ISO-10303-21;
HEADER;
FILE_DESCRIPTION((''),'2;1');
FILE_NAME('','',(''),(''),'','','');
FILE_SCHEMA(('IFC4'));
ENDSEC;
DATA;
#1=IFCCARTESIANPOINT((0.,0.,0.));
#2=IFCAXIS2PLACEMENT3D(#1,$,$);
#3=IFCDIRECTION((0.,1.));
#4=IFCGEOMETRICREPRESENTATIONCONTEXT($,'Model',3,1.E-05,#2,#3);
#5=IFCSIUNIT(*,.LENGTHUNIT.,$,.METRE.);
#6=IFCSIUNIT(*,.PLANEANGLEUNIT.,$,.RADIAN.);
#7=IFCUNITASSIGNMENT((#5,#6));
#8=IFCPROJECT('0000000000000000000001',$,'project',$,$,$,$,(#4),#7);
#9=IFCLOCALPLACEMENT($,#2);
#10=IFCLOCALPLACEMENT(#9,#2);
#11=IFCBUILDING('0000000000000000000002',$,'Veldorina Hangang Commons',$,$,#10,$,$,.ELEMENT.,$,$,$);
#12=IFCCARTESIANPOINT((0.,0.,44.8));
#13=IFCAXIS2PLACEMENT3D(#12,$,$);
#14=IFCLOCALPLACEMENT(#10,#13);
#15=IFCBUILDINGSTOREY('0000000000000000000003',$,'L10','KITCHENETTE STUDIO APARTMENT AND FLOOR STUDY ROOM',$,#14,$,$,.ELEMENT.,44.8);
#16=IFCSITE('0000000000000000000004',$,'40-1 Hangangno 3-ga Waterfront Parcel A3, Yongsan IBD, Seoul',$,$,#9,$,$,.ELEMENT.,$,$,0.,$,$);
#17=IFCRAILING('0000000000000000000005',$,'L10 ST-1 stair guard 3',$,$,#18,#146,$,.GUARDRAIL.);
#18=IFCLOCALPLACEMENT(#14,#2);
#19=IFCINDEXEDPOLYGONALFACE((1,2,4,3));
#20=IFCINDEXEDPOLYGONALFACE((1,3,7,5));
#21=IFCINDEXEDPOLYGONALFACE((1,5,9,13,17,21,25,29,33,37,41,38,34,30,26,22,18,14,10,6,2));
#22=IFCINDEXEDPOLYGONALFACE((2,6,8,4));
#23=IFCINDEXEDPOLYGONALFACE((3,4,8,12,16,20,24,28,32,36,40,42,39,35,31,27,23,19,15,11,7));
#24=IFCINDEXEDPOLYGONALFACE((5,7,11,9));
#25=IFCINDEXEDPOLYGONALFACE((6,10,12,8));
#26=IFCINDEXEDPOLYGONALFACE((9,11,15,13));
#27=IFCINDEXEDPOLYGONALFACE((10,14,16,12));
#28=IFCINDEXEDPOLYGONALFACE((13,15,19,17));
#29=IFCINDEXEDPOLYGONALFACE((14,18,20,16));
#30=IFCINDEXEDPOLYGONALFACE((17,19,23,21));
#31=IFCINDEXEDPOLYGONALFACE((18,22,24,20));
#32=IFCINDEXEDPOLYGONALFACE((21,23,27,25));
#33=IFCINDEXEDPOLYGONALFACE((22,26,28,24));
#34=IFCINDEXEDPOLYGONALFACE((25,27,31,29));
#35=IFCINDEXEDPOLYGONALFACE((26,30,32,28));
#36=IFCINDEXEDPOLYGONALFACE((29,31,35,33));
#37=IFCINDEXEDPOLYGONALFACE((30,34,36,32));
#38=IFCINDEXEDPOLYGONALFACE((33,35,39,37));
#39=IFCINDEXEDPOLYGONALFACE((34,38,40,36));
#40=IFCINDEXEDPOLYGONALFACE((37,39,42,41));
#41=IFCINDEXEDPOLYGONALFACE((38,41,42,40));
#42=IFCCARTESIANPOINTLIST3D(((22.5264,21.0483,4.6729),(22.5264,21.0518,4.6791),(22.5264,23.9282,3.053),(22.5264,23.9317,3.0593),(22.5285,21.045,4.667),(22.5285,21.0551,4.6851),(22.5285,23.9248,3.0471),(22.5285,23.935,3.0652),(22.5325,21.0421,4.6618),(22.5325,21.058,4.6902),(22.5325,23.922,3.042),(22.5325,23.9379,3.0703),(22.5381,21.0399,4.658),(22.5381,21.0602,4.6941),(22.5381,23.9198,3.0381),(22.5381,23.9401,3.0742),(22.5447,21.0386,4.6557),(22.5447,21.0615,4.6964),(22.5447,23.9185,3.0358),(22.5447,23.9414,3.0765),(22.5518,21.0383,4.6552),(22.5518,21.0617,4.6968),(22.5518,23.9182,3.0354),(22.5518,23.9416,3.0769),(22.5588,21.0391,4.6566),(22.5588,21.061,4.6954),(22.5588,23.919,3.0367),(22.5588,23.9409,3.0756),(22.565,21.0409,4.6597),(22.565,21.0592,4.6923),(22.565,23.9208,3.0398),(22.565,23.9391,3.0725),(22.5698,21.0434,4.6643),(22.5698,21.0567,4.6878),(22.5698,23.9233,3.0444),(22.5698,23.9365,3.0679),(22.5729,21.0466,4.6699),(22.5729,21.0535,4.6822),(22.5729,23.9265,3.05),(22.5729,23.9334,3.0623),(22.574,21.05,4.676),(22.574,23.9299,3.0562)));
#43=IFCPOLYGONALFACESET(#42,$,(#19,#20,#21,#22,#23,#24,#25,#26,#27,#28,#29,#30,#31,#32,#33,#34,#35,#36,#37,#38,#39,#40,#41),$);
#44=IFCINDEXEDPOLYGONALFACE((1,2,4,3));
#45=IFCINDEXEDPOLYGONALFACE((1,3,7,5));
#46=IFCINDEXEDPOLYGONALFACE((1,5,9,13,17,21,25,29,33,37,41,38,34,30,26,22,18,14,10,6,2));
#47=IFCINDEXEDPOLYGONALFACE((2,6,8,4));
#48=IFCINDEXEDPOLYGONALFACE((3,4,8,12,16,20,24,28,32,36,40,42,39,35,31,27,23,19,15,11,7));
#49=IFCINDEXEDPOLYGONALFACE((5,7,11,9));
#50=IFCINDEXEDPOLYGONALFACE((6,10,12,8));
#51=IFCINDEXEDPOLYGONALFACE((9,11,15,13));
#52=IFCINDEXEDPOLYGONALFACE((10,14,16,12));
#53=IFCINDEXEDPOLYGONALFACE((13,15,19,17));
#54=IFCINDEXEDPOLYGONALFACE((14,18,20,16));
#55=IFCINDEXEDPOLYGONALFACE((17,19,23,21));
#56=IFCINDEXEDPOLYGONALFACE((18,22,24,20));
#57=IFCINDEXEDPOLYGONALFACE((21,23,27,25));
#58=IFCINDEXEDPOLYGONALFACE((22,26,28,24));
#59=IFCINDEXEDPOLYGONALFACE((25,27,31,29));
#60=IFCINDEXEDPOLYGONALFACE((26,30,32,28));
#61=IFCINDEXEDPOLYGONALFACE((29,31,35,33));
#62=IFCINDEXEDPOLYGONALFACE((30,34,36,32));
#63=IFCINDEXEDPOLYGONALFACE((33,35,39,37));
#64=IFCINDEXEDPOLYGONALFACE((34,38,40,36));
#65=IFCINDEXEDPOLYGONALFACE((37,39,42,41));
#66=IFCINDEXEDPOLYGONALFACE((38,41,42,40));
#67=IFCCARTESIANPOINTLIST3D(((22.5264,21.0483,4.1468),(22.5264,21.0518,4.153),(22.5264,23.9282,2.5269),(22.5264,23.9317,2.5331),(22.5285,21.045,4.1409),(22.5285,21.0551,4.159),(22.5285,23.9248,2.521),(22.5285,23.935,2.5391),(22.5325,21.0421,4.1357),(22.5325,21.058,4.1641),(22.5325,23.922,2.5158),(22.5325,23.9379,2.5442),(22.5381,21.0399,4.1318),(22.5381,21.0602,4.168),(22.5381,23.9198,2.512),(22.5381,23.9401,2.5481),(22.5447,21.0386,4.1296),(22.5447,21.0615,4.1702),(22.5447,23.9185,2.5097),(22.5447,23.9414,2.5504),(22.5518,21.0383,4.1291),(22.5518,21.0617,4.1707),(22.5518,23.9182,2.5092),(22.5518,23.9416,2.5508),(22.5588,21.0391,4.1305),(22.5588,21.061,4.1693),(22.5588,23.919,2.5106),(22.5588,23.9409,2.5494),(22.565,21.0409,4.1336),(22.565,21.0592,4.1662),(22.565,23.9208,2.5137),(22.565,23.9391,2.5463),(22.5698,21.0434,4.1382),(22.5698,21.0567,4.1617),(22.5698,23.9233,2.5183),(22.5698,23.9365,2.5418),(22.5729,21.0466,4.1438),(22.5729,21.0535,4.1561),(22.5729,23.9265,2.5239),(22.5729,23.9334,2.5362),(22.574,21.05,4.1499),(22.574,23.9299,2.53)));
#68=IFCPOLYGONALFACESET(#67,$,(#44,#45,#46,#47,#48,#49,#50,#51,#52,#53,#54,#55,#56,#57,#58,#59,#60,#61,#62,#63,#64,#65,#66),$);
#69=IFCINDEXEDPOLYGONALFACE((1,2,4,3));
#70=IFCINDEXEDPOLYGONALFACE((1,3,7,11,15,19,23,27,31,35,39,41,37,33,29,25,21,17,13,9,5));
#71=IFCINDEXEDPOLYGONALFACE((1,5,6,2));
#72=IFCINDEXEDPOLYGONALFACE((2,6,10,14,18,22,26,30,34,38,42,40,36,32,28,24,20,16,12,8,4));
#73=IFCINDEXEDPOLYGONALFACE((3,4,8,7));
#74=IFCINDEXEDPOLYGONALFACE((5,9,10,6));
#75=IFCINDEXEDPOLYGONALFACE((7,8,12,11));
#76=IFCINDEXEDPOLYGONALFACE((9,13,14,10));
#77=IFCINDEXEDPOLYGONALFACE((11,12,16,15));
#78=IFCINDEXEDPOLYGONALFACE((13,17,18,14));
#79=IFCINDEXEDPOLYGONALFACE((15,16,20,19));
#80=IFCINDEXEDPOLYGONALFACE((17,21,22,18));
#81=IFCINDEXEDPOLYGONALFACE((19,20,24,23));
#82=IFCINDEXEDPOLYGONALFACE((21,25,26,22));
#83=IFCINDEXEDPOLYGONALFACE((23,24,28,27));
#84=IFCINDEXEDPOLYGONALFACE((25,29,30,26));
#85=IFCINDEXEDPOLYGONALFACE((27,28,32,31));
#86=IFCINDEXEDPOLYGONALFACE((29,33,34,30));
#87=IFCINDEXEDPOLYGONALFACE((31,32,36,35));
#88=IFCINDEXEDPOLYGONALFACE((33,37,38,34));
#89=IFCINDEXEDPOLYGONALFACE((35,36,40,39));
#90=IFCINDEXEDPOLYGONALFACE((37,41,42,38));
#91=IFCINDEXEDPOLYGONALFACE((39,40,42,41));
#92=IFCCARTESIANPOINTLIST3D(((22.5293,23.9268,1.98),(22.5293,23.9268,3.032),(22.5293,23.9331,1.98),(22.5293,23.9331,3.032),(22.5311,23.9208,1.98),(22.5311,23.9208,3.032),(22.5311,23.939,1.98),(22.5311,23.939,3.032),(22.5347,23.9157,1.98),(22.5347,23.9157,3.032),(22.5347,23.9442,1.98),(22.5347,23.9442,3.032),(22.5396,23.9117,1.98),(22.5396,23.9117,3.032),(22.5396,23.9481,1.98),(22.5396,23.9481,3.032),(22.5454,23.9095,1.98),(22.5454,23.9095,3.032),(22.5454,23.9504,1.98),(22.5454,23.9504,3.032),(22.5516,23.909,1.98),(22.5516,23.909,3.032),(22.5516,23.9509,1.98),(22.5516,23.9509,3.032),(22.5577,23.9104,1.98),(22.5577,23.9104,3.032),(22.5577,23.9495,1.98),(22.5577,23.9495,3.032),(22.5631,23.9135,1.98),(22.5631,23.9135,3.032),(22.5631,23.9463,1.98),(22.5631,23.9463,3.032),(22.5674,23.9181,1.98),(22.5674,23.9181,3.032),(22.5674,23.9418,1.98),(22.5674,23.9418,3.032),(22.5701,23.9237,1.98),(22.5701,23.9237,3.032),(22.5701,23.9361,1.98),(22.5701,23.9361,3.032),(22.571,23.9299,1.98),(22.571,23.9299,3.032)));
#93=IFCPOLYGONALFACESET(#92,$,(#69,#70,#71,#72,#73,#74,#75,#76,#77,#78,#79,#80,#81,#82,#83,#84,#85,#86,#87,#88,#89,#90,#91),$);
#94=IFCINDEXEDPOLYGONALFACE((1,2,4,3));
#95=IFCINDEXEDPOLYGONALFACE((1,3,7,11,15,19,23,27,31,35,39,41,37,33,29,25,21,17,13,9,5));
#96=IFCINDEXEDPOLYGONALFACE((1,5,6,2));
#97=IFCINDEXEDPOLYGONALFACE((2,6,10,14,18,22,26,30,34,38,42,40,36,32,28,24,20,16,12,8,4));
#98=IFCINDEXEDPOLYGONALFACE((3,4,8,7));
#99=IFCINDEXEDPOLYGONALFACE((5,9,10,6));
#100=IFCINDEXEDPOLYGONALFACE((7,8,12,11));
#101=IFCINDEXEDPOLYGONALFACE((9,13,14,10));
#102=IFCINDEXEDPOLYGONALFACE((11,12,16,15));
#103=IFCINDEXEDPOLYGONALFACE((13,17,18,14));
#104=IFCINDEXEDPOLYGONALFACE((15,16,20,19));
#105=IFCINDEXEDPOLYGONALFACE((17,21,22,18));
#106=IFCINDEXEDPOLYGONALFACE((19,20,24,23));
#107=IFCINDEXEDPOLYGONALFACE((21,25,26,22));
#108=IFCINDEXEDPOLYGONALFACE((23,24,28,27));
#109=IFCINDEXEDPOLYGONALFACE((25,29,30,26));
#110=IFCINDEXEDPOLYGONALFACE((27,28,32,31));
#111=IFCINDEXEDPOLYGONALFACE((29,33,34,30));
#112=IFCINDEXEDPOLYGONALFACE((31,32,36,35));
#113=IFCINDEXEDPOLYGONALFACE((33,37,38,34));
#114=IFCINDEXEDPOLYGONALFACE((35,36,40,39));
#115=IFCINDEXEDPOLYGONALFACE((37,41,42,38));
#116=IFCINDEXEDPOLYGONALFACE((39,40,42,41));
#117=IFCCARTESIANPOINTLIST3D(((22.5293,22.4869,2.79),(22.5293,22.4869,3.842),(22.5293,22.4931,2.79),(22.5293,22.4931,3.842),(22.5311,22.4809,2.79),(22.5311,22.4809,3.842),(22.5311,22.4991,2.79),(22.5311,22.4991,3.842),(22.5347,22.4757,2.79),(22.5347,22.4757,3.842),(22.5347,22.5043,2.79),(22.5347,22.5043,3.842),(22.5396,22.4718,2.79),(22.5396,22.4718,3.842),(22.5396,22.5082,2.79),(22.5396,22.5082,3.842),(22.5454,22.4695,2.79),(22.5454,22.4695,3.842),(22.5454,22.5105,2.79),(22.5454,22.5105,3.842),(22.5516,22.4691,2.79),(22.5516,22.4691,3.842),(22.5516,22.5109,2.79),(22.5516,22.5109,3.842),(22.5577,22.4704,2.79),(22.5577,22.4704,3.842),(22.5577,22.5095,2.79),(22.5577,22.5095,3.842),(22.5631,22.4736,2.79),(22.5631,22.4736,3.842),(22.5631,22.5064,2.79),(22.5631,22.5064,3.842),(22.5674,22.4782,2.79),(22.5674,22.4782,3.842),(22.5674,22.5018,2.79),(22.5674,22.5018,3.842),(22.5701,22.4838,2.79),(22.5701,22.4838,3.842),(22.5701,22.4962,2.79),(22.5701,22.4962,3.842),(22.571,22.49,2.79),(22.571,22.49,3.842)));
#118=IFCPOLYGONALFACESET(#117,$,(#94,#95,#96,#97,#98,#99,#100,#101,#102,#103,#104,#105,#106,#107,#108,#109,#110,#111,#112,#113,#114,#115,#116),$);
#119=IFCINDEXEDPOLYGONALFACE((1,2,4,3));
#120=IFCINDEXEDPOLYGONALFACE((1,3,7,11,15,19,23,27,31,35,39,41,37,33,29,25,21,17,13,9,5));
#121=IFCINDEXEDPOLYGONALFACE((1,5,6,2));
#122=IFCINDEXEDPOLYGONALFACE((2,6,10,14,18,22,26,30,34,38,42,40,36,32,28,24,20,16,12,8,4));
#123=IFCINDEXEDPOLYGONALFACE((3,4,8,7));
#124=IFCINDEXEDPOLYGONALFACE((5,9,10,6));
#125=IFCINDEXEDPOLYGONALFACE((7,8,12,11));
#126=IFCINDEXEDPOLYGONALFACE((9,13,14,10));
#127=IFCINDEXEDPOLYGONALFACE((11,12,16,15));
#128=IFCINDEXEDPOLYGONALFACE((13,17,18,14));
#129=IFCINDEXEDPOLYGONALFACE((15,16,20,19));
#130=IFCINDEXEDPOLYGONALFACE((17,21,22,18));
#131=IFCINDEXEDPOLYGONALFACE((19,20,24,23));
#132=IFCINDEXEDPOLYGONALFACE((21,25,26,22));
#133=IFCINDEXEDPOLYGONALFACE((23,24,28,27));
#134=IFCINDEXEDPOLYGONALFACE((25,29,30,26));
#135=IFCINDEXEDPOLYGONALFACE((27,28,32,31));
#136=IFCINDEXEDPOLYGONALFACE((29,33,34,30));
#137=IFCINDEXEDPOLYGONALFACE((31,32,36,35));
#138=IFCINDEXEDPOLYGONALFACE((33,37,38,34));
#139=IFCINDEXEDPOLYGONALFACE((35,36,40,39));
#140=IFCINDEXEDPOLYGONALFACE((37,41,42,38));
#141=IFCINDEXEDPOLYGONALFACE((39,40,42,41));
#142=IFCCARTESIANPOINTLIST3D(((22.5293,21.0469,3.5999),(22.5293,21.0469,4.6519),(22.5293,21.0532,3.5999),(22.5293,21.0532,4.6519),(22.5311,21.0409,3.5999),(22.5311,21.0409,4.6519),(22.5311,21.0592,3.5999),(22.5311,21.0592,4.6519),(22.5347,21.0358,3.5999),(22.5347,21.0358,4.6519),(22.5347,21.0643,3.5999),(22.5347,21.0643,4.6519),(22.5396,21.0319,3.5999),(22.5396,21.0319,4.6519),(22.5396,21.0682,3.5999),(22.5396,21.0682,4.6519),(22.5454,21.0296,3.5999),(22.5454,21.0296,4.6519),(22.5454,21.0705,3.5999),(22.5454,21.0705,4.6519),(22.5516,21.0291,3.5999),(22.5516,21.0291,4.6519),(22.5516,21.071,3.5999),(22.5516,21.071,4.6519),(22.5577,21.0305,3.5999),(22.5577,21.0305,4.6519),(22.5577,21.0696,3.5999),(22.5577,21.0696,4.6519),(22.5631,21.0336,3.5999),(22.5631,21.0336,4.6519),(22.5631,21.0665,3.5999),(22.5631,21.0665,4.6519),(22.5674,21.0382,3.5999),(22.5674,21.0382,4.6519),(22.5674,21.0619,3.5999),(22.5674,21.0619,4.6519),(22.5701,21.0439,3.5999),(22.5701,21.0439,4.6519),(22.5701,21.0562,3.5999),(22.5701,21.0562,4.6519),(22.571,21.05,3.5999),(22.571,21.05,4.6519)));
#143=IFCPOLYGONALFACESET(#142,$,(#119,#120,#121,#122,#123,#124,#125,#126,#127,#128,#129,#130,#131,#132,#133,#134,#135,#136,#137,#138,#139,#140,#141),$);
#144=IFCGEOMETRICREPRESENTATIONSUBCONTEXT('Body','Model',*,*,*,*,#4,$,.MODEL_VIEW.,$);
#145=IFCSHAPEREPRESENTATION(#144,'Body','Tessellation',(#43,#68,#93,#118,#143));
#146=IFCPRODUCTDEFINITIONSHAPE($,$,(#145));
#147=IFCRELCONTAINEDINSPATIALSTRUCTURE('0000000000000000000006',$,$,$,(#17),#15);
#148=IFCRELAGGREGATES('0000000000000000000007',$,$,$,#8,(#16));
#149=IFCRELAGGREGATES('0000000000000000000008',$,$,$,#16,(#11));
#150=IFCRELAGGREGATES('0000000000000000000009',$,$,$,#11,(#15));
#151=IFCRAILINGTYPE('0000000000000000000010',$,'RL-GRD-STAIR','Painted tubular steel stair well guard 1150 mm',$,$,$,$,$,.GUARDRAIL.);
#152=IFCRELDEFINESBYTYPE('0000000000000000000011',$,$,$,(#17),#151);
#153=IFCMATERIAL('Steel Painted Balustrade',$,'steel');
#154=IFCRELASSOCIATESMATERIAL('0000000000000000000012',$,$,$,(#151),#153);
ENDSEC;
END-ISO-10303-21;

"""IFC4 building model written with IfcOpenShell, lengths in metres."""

from ifc_helpers import new_model, si_unit, direction, frame, origin, origin_2d, place, context, subcontext, project, spatial, circle, extrude, material, type_object, element, save


model = new_model("IFC4")

# Units and contexts
model_context = context("Model", 3, precision=1e-05, world=origin(), true_north=direction((0.0, 1.0)))
body_context = subcontext(model_context, "Body", "Model", "MODEL_VIEW")
ifc_project = project(units=[si_unit("LENGTHUNIT", "METRE"), si_unit("PLANEANGLEUNIT", "RADIAN")], contexts=[model_context])

# Site, building, storey
site_placement = place(None, origin())
site = spatial("IfcSite", under=ifc_project, at=site_placement, Name="40-1 Hangangno 3-ga Waterfront Parcel A3, Yongsan IBD, Seoul", CompositionType="ELEMENT", RefElevation=0.0)
building_placement = place(site_placement, origin())
building = spatial("IfcBuilding", under=site, at=building_placement, Name="Veldorina Hangang Commons", CompositionType="ELEMENT")
storey_placement = place(building_placement, frame((0.0, 0.0, 44.8)))
storey = spatial("IfcBuildingStorey", under=building, at=storey_placement, Name="L10", Description="KITCHENETTE STUDIO APARTMENT AND FLOOR STUDY ROOM", CompositionType="ELEMENT", Elevation=44.8)

# Railing
ifc_material_1 = material(Name="Steel Painted Balustrade", Category="steel")
railing_type_1 = type_object("IfcRailingType", Name="RL-GRD-STAIR", Description="Painted tubular steel stair well guard 1150 mm", PredefinedType="GUARDRAIL", material=ifc_material_1)
railing_1_placement = place(storey_placement, frame((22.55, 23.9299, 1.98)))
element("IfcRailing", 1, at=railing_1_placement, inside=storey, type_object=railing_type_1, Name="L10 ST-1 stair guard 3", PredefinedType="GUARDRAIL", context=body_context, shape_type="SweptSolid", body=[
    extrude(circle(Radius=0.0239, at=origin_2d()), frame((0.0, 0.0, 1.0762), z_axis=(0.0, -0.871583, 0.490247), x_axis=(1.0, 0.0, 0.0)), (0.0, 0.0, 1.0), 3.3042),
    extrude(circle(Radius=0.0239, at=origin_2d()), frame((0.0, 0.0, 0.55), z_axis=(0.0, -0.871583, 0.490247), x_axis=(1.0, 0.0, 0.0)), (0.0, 0.0, 1.0), 3.3042),
    extrude(circle(Radius=0.021, at=origin_2d()), origin(), (0.0, 0.0, 1.0), 1.052),
    extrude(circle(Radius=0.021, at=origin_2d()), frame((0.0, -1.4399, 0.8101)), (0.0, 0.0, 1.0), 1.052),
    extrude(circle(Radius=0.021, at=origin_2d()), frame((0.0, -2.8799, 1.6199)), (0.0, 0.0, 1.0), 1.052),
])

save(model, "model.ifc")
